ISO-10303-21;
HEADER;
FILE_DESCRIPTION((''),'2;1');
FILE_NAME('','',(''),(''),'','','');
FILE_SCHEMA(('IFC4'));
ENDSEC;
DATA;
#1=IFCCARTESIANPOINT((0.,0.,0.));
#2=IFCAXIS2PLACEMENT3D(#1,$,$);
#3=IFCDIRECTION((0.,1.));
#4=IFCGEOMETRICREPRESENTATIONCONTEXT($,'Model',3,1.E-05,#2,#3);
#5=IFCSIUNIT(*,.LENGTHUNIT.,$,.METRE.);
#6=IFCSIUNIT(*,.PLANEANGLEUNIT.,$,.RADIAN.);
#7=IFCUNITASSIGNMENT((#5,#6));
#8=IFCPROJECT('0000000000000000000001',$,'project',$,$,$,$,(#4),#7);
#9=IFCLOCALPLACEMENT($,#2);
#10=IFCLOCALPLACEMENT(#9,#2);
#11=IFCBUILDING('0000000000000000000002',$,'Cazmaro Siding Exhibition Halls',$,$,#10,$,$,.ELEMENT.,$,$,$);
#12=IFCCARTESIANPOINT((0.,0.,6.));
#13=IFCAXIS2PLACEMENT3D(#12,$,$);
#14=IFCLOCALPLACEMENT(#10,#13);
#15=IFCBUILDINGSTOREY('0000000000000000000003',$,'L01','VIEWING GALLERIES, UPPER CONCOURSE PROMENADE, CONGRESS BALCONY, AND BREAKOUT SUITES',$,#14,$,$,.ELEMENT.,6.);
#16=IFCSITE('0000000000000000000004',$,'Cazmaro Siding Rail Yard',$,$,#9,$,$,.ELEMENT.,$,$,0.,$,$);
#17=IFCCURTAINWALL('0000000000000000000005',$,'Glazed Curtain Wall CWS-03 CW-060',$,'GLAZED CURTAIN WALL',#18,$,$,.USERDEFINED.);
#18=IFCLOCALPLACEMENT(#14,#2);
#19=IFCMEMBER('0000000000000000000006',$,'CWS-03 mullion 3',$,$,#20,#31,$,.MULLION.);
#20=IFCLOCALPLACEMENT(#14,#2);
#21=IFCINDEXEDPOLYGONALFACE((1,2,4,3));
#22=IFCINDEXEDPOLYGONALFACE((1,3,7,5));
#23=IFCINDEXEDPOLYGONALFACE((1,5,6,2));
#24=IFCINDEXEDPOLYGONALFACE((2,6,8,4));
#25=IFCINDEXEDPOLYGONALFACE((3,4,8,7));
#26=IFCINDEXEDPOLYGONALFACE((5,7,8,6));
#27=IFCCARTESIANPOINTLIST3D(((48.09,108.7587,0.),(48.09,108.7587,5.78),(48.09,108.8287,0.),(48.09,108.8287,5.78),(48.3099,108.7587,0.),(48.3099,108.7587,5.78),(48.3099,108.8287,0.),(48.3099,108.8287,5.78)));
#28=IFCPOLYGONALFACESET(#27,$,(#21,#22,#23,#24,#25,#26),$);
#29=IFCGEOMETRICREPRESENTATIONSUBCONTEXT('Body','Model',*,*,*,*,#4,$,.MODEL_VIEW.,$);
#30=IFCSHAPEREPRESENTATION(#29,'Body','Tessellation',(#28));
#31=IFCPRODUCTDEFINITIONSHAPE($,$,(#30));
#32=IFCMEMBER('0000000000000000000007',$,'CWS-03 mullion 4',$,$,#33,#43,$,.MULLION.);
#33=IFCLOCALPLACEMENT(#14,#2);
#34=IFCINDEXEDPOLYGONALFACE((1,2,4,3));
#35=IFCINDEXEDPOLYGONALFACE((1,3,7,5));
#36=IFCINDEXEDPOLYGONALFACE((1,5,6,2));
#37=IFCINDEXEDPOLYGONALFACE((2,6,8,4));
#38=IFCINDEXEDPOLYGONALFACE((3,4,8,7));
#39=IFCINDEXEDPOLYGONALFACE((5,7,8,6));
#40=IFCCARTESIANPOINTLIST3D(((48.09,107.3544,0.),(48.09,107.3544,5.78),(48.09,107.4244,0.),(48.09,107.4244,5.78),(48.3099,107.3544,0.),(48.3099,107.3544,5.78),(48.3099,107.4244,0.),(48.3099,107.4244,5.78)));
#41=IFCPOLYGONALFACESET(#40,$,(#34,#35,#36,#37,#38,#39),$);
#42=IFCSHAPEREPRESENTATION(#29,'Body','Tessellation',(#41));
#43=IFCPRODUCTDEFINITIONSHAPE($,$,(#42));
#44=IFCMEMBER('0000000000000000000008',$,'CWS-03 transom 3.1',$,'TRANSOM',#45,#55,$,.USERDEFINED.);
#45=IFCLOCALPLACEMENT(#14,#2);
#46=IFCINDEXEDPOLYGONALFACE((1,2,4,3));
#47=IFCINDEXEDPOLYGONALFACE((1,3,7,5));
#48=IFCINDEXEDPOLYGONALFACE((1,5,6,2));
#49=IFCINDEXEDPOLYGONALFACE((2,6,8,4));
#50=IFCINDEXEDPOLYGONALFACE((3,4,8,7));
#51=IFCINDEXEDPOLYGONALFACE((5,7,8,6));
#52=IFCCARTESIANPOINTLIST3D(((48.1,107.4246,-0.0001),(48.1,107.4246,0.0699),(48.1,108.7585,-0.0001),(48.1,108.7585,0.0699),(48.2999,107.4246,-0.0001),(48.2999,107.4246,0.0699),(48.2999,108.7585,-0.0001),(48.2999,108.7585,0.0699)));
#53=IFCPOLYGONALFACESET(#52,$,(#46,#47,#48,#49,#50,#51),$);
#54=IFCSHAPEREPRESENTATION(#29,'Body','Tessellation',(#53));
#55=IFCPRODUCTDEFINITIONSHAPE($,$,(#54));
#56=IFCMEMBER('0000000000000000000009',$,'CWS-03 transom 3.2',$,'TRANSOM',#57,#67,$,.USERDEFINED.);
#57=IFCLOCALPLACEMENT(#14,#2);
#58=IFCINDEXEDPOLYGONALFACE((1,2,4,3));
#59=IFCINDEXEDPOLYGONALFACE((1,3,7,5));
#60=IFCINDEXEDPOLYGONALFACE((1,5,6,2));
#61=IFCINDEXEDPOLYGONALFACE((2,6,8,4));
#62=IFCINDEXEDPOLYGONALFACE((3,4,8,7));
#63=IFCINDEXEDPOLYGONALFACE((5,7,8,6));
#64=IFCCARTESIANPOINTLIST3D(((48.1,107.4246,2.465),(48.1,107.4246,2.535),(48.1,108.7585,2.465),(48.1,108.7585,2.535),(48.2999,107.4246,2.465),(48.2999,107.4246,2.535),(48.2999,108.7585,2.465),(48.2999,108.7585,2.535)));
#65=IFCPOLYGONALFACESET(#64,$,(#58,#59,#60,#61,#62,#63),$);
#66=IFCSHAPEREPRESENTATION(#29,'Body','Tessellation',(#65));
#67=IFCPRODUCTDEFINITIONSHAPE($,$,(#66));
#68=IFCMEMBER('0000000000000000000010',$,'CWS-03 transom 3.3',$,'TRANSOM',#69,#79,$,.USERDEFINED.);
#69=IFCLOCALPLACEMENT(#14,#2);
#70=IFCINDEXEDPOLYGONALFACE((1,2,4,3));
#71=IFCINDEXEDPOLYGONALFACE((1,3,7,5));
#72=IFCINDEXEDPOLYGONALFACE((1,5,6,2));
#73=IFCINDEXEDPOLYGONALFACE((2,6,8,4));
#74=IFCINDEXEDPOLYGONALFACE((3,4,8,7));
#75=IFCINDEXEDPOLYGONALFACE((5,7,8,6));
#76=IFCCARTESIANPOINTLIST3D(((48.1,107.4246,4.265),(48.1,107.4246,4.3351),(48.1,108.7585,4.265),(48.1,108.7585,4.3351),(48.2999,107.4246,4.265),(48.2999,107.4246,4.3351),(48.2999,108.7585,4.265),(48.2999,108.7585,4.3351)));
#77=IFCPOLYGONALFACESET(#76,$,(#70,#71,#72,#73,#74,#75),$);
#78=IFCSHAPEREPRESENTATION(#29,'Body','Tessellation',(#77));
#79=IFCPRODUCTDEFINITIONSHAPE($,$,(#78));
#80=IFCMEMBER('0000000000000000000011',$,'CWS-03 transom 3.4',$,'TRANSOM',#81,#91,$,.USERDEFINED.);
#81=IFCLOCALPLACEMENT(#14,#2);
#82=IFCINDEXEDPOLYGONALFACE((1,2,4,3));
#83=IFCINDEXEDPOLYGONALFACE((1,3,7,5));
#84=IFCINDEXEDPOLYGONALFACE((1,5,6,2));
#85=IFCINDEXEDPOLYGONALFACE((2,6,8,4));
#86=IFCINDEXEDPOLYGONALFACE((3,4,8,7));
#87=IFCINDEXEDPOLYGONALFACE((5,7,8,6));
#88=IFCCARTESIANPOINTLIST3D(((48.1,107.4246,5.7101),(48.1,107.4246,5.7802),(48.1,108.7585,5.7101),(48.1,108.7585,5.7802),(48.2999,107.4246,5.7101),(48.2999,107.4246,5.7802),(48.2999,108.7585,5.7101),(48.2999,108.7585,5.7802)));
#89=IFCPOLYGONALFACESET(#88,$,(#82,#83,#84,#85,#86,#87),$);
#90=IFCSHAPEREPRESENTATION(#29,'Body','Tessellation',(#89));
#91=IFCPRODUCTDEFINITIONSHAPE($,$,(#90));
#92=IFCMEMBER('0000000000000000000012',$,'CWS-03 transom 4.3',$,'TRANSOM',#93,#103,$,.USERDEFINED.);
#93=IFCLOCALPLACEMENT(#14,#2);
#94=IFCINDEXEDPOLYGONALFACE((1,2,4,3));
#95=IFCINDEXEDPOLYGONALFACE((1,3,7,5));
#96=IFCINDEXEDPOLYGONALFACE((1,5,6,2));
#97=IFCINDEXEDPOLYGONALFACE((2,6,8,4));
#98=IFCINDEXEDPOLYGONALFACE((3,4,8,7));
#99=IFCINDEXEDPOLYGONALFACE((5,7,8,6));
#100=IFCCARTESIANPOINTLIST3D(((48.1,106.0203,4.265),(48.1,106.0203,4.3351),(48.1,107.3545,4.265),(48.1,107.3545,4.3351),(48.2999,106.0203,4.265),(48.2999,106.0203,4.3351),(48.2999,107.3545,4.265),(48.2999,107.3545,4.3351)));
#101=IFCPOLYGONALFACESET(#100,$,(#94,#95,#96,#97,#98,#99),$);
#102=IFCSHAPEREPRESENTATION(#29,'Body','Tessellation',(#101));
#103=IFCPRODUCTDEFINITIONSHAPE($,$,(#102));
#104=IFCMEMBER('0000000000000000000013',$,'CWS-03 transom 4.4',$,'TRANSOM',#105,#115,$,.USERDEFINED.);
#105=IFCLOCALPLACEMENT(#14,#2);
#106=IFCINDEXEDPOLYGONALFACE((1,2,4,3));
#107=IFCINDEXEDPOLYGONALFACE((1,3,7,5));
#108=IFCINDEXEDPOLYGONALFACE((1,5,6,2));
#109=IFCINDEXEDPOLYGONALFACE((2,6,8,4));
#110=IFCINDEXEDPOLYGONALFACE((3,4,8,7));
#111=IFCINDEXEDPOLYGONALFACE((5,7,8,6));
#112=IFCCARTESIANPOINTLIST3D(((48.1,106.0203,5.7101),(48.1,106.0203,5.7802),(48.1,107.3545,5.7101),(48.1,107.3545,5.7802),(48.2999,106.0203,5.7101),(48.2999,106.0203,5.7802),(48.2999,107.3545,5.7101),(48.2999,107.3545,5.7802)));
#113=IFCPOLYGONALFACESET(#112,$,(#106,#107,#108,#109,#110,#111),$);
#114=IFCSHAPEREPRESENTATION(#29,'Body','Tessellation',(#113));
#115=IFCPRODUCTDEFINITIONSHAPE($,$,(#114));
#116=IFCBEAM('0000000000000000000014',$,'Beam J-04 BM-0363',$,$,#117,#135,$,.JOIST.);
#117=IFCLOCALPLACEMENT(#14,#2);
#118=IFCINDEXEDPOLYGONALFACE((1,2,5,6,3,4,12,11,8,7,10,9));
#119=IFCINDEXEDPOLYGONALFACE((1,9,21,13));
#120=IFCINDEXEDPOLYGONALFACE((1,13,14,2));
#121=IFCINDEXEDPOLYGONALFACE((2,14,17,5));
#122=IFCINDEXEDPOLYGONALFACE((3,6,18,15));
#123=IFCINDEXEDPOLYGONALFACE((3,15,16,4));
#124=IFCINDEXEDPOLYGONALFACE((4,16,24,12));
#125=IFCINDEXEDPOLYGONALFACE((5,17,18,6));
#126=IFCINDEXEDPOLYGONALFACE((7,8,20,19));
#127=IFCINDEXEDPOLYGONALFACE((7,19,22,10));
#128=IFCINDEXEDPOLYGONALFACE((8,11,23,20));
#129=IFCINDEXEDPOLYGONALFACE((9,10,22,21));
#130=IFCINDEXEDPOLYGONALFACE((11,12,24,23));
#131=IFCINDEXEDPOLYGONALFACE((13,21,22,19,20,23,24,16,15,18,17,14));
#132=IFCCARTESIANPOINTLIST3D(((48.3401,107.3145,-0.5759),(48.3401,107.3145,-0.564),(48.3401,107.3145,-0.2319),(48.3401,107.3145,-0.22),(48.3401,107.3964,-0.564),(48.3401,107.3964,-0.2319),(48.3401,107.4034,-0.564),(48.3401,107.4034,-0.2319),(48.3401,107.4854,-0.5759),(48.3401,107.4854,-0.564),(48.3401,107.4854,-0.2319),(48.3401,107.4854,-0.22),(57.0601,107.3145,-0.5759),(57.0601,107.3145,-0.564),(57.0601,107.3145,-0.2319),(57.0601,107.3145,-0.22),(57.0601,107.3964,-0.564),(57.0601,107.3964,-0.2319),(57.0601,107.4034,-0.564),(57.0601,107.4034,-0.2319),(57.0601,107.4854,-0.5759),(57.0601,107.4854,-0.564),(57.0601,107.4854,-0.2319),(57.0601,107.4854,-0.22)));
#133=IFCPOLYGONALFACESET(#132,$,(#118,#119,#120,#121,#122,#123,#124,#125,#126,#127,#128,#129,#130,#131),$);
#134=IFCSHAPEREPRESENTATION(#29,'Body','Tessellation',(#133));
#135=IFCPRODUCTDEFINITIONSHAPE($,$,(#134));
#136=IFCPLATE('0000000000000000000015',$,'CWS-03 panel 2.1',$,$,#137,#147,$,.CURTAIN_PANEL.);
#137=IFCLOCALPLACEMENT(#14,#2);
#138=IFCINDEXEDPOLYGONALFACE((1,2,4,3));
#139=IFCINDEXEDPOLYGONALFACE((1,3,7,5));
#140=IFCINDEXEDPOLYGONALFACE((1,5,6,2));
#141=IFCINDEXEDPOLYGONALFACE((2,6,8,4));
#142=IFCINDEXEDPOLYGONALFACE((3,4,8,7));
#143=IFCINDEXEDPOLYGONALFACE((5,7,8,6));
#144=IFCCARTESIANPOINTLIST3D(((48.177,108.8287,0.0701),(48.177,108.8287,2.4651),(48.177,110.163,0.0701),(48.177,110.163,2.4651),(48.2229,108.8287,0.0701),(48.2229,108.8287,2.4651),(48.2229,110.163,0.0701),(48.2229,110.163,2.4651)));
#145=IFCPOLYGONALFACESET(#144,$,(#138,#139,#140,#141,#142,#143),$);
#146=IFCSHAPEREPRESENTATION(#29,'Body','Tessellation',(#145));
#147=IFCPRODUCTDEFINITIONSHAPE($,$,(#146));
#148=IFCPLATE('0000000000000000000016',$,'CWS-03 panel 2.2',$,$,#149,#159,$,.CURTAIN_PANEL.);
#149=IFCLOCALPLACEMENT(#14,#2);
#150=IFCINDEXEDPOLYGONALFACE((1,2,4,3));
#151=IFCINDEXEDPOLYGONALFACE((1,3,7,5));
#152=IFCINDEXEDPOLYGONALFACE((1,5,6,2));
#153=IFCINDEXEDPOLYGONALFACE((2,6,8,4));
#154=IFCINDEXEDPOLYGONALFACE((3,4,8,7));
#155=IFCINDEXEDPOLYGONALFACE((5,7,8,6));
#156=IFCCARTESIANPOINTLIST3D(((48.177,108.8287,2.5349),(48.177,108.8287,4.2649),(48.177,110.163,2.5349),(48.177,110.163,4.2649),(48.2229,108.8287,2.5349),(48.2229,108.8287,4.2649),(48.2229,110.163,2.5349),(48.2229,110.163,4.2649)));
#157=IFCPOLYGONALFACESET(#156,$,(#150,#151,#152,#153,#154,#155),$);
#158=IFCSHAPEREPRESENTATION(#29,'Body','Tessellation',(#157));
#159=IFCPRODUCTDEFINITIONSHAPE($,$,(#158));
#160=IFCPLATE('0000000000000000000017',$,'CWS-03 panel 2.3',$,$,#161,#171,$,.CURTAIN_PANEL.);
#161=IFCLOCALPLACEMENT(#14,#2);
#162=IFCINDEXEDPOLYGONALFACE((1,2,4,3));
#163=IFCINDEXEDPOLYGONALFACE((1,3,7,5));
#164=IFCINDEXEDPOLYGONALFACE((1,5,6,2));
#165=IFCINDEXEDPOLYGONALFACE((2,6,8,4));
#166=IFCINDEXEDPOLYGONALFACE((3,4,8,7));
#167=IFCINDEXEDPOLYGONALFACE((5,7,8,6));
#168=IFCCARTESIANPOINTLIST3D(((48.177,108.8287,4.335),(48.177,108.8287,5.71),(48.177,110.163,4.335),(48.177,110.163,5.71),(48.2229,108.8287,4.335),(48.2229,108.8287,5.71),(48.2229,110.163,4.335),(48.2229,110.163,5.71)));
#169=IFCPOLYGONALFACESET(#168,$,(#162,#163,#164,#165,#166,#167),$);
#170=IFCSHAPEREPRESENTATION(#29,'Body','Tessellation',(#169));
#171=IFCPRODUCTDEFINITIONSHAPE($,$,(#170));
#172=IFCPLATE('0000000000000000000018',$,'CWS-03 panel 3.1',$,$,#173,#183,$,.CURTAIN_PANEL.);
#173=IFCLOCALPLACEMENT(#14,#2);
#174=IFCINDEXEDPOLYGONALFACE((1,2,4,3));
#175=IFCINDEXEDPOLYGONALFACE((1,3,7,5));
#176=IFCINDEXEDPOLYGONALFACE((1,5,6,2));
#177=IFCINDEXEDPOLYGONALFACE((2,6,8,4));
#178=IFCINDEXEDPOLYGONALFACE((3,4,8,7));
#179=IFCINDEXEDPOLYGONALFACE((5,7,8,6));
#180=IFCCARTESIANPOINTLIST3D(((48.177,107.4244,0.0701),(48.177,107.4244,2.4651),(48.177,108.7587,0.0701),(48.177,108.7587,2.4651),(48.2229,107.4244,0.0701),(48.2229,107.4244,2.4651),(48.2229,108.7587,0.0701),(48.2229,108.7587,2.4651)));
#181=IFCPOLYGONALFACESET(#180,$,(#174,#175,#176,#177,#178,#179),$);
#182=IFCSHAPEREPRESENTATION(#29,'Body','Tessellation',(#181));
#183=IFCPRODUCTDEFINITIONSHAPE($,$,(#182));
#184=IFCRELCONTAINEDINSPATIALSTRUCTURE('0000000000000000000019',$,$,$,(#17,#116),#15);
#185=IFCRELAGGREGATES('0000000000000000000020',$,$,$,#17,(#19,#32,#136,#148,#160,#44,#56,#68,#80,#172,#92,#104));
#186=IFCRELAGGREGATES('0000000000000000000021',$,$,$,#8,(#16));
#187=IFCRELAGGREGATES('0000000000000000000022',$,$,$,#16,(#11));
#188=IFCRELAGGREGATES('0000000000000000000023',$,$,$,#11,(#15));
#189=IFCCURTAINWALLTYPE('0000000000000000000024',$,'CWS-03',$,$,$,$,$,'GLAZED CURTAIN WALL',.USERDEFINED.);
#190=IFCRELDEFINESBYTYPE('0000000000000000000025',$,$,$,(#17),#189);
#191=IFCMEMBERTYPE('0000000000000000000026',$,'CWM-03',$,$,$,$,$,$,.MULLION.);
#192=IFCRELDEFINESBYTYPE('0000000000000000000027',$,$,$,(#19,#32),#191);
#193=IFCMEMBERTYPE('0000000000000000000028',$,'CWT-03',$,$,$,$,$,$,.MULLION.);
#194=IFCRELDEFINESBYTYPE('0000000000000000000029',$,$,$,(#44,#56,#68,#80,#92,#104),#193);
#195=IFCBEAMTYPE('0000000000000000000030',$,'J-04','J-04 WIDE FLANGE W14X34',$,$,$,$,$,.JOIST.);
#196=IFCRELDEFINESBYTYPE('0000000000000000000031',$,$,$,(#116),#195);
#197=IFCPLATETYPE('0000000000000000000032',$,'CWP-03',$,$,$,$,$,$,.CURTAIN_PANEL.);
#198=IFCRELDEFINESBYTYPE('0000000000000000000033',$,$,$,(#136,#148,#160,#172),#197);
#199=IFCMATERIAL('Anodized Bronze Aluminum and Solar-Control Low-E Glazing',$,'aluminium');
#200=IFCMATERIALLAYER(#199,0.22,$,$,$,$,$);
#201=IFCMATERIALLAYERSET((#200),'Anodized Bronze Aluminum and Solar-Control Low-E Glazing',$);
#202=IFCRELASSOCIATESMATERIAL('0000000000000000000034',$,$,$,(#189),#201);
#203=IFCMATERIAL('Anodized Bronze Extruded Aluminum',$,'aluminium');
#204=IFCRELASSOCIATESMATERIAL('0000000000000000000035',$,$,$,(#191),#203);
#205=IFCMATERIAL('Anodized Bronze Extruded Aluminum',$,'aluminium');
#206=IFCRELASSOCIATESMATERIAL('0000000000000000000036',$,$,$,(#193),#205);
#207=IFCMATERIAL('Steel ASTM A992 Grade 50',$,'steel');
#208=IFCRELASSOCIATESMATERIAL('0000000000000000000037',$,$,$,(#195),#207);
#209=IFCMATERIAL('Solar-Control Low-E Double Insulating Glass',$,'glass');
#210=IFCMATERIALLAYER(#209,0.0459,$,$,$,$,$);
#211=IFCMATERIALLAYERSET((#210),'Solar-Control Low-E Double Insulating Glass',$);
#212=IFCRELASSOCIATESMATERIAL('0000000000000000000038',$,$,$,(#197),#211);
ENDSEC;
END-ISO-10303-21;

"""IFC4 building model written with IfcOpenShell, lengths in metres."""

from ifc_helpers import new_model, si_unit, direction, frame, origin, origin_2d, place, context, subcontext, project, spatial, rectangle, i_section, extrude, material, layer, layer_set, material_profile, profile_set, type_object, element, aggregate, save


model = new_model("IFC4")

# Units and contexts
model_context = context("Model", 3, precision=1e-05, world=origin(), true_north=direction((0.0, 1.0)))
body_context = subcontext(model_context, "Body", "Model", "MODEL_VIEW")
ifc_project = project(units=[si_unit("LENGTHUNIT", "METRE"), si_unit("PLANEANGLEUNIT", "RADIAN")], contexts=[model_context])

# Site, building, storey
site_placement = place(None, origin())
site = spatial("IfcSite", under=ifc_project, at=site_placement, Name="Cazmaro Siding Rail Yard", CompositionType="ELEMENT", RefElevation=0.0)
building_placement = place(site_placement, origin())
building = spatial("IfcBuilding", under=site, at=building_placement, Name="Cazmaro Siding Exhibition Halls", CompositionType="ELEMENT")
storey_placement = place(building_placement, frame((0.0, 0.0, 6.0)))
storey = spatial("IfcBuildingStorey", under=building, at=storey_placement, Name="L01", Description="VIEWING GALLERIES, UPPER CONCOURSE PROMENADE, CONGRESS BALCONY, AND BREAKOUT SUITES", CompositionType="ELEMENT", Elevation=6.0)

# Curtain wall, members
ifc_material_1 = material(Name="Anodized Bronze Aluminum and Solar-Control Low-E Glazing", Category="aluminium")
ifc_layer_1 = layer(ifc_material_1, 0.22)
ifc_layer_set_1 = layer_set([ifc_layer_1], Name="Anodized Bronze Aluminum and Solar-Control Low-E Glazing")
curtain_wall_type = type_object("IfcCurtainWallType", Name="CWS-03", ElementType="GLAZED CURTAIN WALL", PredefinedType="USERDEFINED", material=ifc_layer_set_1)
curtain_wall_placement = place(storey_placement, origin())
curtain_wall = element("IfcCurtainWall", 1, at=curtain_wall_placement, inside=storey, type_object=curtain_wall_type, Name="Glazed Curtain Wall CWS-03 CW-060", ObjectType="GLAZED CURTAIN WALL", PredefinedType="USERDEFINED")
ifc_material_2 = material(Name="Anodized Bronze Extruded Aluminum", Category="aluminium")
ifc_material_profile_1 = material_profile(ifc_material_2, rectangle(XDim=0.22, YDim=0.0701, at=origin_2d()), Name="CWM-03")
ifc_profile_set_1 = profile_set([ifc_material_profile_1], Name="Anodized Bronze Extruded Aluminum")
member_type_1 = type_object("IfcMemberType", Name="CWM-03", PredefinedType="MULLION", material=ifc_profile_set_1)
member_1_placement = place(storey_placement, frame((48.2, 108.7937, 0.0), z_axis=(0.0, 0.0, 1.0), x_axis=(1.0, 0.0, 0.0)))
member_1 = element("IfcMember", 2, at=member_1_placement, type_object=member_type_1, Name="CWS-03 mullion 3", PredefinedType="MULLION", context=body_context, shape_type="SweptSolid", body=[
    extrude(rectangle(XDim=0.22, YDim=0.0701, at=origin_2d()), origin(), (0.0, 0.0, 1.0), 5.78),
])
member_2_placement = place(storey_placement, frame((48.2, 107.3894, 0.0), z_axis=(0.0, 0.0, 1.0), x_axis=(1.0, 0.0, 0.0)))
member_2 = element("IfcMember", 3, at=member_2_placement, type_object=member_type_1, Name="CWS-03 mullion 4", PredefinedType="MULLION", context=body_context, shape_type="SweptSolid", body=[
    extrude(rectangle(XDim=0.22, YDim=0.0701, at=origin_2d()), origin(), (0.0, 0.0, 1.0), 5.78),
])
ifc_material_3 = material(Name="Anodized Bronze Extruded Aluminum", Category="aluminium")
ifc_material_profile_2 = material_profile(ifc_material_3, rectangle(XDim=0.2, YDim=0.0701, at=origin_2d()), Name="CWT-03")
ifc_profile_set_2 = profile_set([ifc_material_profile_2], Name="Anodized Bronze Extruded Aluminum")
member_type_2 = type_object("IfcMemberType", Name="CWT-03", PredefinedType="MULLION", material=ifc_profile_set_2)
member_3_placement = place(storey_placement, frame((48.2, 108.7585, 0.0349), z_axis=(0.0, -1.0, 0.0), x_axis=(1.0, 0.0, 0.0)))
member_3 = element("IfcMember", 4, at=member_3_placement, type_object=member_type_2, Name="CWS-03 transom 3.1", ObjectType="TRANSOM", PredefinedType="USERDEFINED", context=body_context, shape_type="SweptSolid", body=[
    extrude(rectangle(XDim=0.2, YDim=0.0701, at=origin_2d()), origin(), (0.0, 0.0, 1.0), 1.334),
])
member_4_placement = place(storey_placement, frame((48.2, 108.7585, 2.5), z_axis=(0.0, -1.0, 0.0), x_axis=(1.0, 0.0, 0.0)))
member_4 = element("IfcMember", 5, at=member_4_placement, type_object=member_type_2, Name="CWS-03 transom 3.2", ObjectType="TRANSOM", PredefinedType="USERDEFINED", context=body_context, shape_type="SweptSolid", body=[
    extrude(rectangle(XDim=0.2, YDim=0.0701, at=origin_2d()), origin(), (0.0, 0.0, 1.0), 1.334),
])
member_5_placement = place(storey_placement, frame((48.2, 108.7585, 4.3), z_axis=(0.0, -1.0, 0.0), x_axis=(1.0, 0.0, 0.0)))
member_5 = element("IfcMember", 6, at=member_5_placement, type_object=member_type_2, Name="CWS-03 transom 3.3", ObjectType="TRANSOM", PredefinedType="USERDEFINED", context=body_context, shape_type="SweptSolid", body=[
    extrude(rectangle(XDim=0.2, YDim=0.0701, at=origin_2d()), origin(), (0.0, 0.0, 1.0), 1.334),
])
member_6_placement = place(storey_placement, frame((48.2, 108.7585, 5.7451), z_axis=(0.0, -1.0, 0.0), x_axis=(1.0, 0.0, 0.0)))
member_6 = element("IfcMember", 7, at=member_6_placement, type_object=member_type_2, Name="CWS-03 transom 3.4", ObjectType="TRANSOM", PredefinedType="USERDEFINED", context=body_context, shape_type="SweptSolid", body=[
    extrude(rectangle(XDim=0.2, YDim=0.0701, at=origin_2d()), origin(), (0.0, 0.0, 1.0), 1.334),
])
member_7_placement = place(storey_placement, frame((48.2, 107.3545, 4.3), z_axis=(0.0, -1.0, 0.0), x_axis=(1.0, 0.0, 0.0)))
member_7 = element("IfcMember", 8, at=member_7_placement, type_object=member_type_2, Name="CWS-03 transom 4.3", ObjectType="TRANSOM", PredefinedType="USERDEFINED", context=body_context, shape_type="SweptSolid", body=[
    extrude(rectangle(XDim=0.2, YDim=0.0701, at=origin_2d()), origin(), (0.0, 0.0, 1.0), 1.3342),
])
member_8_placement = place(storey_placement, frame((48.2, 107.3545, 5.7451), z_axis=(0.0, -1.0, 0.0), x_axis=(1.0, 0.0, 0.0)))
member_8 = element("IfcMember", 9, at=member_8_placement, type_object=member_type_2, Name="CWS-03 transom 4.4", ObjectType="TRANSOM", PredefinedType="USERDEFINED", context=body_context, shape_type="SweptSolid", body=[
    extrude(rectangle(XDim=0.2, YDim=0.0701, at=origin_2d()), origin(), (0.0, 0.0, 1.0), 1.3342),
])

# Beam
ifc_material_4 = material(Name="Steel ASTM A992 Grade 50", Category="steel")
ifc_material_profile_3 = material_profile(ifc_material_4, i_section(OverallWidth=0.1709, OverallDepth=0.356, WebThickness=0.0071, FlangeThickness=0.012, at=origin_2d()), Name="W14X34")
ifc_profile_set_3 = profile_set([ifc_material_profile_3], Name="Steel ASTM A992 Grade 50")
beam_type = type_object("IfcBeamType", Name="J-04", Description="J-04 WIDE FLANGE W14X34", PredefinedType="JOIST", material=ifc_profile_set_3)
beam_placement = place(storey_placement, frame((48.3401, 107.3999, -0.3979), z_axis=(1.0, 0.0, 0.0), x_axis=(0.0, 1.0, 0.0)))
element("IfcBeam", 10, at=beam_placement, inside=storey, type_object=beam_type, Name="Beam J-04 BM-0363", PredefinedType="JOIST", context=body_context, shape_type="SweptSolid", body=[
    extrude(i_section(OverallWidth=0.1709, OverallDepth=0.356, WebThickness=0.0071, FlangeThickness=0.012, at=origin_2d()), origin(), (0.0, 0.0, 1.0), 8.72),
])

# Plates
ifc_material_5 = material(Name="Solar-Control Low-E Double Insulating Glass", Category="glass")
ifc_layer_2 = layer(ifc_material_5, 0.0459)
ifc_layer_set_2 = layer_set([ifc_layer_2], Name="Solar-Control Low-E Double Insulating Glass")
plate_type = type_object("IfcPlateType", Name="CWP-03", PredefinedType="CURTAIN_PANEL", material=ifc_layer_set_2)
plate_1_placement = place(storey_placement, frame((48.2, 109.4958, 0.0701), z_axis=(0.0, 0.0, 1.0), x_axis=(0.0, -1.0, 0.0)))
plate_1 = element("IfcPlate", 11, at=plate_1_placement, type_object=plate_type, Name="CWS-03 panel 2.1", PredefinedType="CURTAIN_PANEL", context=body_context, shape_type="SweptSolid", body=[
    extrude(rectangle(XDim=1.3342, YDim=0.0459, at=origin_2d()), origin(), (0.0, 0.0, 1.0), 2.395),
])
plate_2_placement = place(storey_placement, frame((48.2, 109.4958, 2.5349), z_axis=(0.0, 0.0, 1.0), x_axis=(0.0, -1.0, 0.0)))
plate_2 = element("IfcPlate", 12, at=plate_2_placement, type_object=plate_type, Name="CWS-03 panel 2.2", PredefinedType="CURTAIN_PANEL", context=body_context, shape_type="SweptSolid", body=[
    extrude(rectangle(XDim=1.3342, YDim=0.0459, at=origin_2d()), origin(), (0.0, 0.0, 1.0), 1.73),
])
plate_3_placement = place(storey_placement, frame((48.2, 109.4958, 4.335), z_axis=(0.0, 0.0, 1.0), x_axis=(0.0, -1.0, 0.0)))
plate_3 = element("IfcPlate", 13, at=plate_3_placement, type_object=plate_type, Name="CWS-03 panel 2.3", PredefinedType="CURTAIN_PANEL", context=body_context, shape_type="SweptSolid", body=[
    extrude(rectangle(XDim=1.3342, YDim=0.0459, at=origin_2d()), origin(), (0.0, 0.0, 1.0), 1.375),
])
plate_4_placement = place(storey_placement, frame((48.2, 108.0916, 0.0701), z_axis=(0.0, 0.0, 1.0), x_axis=(0.0, -1.0, 0.0)))
plate_4 = element("IfcPlate", 14, at=plate_4_placement, type_object=plate_type, Name="CWS-03 panel 3.1", PredefinedType="CURTAIN_PANEL", context=body_context, shape_type="SweptSolid", body=[
    extrude(rectangle(XDim=1.3342, YDim=0.0459, at=origin_2d()), origin(), (0.0, 0.0, 1.0), 2.395),
])
aggregate(curtain_wall, [member_1, member_2, plate_1, plate_2, plate_3, member_3, member_4, member_5, member_6, plate_4, member_7, member_8])

save(model, "model.ifc")
